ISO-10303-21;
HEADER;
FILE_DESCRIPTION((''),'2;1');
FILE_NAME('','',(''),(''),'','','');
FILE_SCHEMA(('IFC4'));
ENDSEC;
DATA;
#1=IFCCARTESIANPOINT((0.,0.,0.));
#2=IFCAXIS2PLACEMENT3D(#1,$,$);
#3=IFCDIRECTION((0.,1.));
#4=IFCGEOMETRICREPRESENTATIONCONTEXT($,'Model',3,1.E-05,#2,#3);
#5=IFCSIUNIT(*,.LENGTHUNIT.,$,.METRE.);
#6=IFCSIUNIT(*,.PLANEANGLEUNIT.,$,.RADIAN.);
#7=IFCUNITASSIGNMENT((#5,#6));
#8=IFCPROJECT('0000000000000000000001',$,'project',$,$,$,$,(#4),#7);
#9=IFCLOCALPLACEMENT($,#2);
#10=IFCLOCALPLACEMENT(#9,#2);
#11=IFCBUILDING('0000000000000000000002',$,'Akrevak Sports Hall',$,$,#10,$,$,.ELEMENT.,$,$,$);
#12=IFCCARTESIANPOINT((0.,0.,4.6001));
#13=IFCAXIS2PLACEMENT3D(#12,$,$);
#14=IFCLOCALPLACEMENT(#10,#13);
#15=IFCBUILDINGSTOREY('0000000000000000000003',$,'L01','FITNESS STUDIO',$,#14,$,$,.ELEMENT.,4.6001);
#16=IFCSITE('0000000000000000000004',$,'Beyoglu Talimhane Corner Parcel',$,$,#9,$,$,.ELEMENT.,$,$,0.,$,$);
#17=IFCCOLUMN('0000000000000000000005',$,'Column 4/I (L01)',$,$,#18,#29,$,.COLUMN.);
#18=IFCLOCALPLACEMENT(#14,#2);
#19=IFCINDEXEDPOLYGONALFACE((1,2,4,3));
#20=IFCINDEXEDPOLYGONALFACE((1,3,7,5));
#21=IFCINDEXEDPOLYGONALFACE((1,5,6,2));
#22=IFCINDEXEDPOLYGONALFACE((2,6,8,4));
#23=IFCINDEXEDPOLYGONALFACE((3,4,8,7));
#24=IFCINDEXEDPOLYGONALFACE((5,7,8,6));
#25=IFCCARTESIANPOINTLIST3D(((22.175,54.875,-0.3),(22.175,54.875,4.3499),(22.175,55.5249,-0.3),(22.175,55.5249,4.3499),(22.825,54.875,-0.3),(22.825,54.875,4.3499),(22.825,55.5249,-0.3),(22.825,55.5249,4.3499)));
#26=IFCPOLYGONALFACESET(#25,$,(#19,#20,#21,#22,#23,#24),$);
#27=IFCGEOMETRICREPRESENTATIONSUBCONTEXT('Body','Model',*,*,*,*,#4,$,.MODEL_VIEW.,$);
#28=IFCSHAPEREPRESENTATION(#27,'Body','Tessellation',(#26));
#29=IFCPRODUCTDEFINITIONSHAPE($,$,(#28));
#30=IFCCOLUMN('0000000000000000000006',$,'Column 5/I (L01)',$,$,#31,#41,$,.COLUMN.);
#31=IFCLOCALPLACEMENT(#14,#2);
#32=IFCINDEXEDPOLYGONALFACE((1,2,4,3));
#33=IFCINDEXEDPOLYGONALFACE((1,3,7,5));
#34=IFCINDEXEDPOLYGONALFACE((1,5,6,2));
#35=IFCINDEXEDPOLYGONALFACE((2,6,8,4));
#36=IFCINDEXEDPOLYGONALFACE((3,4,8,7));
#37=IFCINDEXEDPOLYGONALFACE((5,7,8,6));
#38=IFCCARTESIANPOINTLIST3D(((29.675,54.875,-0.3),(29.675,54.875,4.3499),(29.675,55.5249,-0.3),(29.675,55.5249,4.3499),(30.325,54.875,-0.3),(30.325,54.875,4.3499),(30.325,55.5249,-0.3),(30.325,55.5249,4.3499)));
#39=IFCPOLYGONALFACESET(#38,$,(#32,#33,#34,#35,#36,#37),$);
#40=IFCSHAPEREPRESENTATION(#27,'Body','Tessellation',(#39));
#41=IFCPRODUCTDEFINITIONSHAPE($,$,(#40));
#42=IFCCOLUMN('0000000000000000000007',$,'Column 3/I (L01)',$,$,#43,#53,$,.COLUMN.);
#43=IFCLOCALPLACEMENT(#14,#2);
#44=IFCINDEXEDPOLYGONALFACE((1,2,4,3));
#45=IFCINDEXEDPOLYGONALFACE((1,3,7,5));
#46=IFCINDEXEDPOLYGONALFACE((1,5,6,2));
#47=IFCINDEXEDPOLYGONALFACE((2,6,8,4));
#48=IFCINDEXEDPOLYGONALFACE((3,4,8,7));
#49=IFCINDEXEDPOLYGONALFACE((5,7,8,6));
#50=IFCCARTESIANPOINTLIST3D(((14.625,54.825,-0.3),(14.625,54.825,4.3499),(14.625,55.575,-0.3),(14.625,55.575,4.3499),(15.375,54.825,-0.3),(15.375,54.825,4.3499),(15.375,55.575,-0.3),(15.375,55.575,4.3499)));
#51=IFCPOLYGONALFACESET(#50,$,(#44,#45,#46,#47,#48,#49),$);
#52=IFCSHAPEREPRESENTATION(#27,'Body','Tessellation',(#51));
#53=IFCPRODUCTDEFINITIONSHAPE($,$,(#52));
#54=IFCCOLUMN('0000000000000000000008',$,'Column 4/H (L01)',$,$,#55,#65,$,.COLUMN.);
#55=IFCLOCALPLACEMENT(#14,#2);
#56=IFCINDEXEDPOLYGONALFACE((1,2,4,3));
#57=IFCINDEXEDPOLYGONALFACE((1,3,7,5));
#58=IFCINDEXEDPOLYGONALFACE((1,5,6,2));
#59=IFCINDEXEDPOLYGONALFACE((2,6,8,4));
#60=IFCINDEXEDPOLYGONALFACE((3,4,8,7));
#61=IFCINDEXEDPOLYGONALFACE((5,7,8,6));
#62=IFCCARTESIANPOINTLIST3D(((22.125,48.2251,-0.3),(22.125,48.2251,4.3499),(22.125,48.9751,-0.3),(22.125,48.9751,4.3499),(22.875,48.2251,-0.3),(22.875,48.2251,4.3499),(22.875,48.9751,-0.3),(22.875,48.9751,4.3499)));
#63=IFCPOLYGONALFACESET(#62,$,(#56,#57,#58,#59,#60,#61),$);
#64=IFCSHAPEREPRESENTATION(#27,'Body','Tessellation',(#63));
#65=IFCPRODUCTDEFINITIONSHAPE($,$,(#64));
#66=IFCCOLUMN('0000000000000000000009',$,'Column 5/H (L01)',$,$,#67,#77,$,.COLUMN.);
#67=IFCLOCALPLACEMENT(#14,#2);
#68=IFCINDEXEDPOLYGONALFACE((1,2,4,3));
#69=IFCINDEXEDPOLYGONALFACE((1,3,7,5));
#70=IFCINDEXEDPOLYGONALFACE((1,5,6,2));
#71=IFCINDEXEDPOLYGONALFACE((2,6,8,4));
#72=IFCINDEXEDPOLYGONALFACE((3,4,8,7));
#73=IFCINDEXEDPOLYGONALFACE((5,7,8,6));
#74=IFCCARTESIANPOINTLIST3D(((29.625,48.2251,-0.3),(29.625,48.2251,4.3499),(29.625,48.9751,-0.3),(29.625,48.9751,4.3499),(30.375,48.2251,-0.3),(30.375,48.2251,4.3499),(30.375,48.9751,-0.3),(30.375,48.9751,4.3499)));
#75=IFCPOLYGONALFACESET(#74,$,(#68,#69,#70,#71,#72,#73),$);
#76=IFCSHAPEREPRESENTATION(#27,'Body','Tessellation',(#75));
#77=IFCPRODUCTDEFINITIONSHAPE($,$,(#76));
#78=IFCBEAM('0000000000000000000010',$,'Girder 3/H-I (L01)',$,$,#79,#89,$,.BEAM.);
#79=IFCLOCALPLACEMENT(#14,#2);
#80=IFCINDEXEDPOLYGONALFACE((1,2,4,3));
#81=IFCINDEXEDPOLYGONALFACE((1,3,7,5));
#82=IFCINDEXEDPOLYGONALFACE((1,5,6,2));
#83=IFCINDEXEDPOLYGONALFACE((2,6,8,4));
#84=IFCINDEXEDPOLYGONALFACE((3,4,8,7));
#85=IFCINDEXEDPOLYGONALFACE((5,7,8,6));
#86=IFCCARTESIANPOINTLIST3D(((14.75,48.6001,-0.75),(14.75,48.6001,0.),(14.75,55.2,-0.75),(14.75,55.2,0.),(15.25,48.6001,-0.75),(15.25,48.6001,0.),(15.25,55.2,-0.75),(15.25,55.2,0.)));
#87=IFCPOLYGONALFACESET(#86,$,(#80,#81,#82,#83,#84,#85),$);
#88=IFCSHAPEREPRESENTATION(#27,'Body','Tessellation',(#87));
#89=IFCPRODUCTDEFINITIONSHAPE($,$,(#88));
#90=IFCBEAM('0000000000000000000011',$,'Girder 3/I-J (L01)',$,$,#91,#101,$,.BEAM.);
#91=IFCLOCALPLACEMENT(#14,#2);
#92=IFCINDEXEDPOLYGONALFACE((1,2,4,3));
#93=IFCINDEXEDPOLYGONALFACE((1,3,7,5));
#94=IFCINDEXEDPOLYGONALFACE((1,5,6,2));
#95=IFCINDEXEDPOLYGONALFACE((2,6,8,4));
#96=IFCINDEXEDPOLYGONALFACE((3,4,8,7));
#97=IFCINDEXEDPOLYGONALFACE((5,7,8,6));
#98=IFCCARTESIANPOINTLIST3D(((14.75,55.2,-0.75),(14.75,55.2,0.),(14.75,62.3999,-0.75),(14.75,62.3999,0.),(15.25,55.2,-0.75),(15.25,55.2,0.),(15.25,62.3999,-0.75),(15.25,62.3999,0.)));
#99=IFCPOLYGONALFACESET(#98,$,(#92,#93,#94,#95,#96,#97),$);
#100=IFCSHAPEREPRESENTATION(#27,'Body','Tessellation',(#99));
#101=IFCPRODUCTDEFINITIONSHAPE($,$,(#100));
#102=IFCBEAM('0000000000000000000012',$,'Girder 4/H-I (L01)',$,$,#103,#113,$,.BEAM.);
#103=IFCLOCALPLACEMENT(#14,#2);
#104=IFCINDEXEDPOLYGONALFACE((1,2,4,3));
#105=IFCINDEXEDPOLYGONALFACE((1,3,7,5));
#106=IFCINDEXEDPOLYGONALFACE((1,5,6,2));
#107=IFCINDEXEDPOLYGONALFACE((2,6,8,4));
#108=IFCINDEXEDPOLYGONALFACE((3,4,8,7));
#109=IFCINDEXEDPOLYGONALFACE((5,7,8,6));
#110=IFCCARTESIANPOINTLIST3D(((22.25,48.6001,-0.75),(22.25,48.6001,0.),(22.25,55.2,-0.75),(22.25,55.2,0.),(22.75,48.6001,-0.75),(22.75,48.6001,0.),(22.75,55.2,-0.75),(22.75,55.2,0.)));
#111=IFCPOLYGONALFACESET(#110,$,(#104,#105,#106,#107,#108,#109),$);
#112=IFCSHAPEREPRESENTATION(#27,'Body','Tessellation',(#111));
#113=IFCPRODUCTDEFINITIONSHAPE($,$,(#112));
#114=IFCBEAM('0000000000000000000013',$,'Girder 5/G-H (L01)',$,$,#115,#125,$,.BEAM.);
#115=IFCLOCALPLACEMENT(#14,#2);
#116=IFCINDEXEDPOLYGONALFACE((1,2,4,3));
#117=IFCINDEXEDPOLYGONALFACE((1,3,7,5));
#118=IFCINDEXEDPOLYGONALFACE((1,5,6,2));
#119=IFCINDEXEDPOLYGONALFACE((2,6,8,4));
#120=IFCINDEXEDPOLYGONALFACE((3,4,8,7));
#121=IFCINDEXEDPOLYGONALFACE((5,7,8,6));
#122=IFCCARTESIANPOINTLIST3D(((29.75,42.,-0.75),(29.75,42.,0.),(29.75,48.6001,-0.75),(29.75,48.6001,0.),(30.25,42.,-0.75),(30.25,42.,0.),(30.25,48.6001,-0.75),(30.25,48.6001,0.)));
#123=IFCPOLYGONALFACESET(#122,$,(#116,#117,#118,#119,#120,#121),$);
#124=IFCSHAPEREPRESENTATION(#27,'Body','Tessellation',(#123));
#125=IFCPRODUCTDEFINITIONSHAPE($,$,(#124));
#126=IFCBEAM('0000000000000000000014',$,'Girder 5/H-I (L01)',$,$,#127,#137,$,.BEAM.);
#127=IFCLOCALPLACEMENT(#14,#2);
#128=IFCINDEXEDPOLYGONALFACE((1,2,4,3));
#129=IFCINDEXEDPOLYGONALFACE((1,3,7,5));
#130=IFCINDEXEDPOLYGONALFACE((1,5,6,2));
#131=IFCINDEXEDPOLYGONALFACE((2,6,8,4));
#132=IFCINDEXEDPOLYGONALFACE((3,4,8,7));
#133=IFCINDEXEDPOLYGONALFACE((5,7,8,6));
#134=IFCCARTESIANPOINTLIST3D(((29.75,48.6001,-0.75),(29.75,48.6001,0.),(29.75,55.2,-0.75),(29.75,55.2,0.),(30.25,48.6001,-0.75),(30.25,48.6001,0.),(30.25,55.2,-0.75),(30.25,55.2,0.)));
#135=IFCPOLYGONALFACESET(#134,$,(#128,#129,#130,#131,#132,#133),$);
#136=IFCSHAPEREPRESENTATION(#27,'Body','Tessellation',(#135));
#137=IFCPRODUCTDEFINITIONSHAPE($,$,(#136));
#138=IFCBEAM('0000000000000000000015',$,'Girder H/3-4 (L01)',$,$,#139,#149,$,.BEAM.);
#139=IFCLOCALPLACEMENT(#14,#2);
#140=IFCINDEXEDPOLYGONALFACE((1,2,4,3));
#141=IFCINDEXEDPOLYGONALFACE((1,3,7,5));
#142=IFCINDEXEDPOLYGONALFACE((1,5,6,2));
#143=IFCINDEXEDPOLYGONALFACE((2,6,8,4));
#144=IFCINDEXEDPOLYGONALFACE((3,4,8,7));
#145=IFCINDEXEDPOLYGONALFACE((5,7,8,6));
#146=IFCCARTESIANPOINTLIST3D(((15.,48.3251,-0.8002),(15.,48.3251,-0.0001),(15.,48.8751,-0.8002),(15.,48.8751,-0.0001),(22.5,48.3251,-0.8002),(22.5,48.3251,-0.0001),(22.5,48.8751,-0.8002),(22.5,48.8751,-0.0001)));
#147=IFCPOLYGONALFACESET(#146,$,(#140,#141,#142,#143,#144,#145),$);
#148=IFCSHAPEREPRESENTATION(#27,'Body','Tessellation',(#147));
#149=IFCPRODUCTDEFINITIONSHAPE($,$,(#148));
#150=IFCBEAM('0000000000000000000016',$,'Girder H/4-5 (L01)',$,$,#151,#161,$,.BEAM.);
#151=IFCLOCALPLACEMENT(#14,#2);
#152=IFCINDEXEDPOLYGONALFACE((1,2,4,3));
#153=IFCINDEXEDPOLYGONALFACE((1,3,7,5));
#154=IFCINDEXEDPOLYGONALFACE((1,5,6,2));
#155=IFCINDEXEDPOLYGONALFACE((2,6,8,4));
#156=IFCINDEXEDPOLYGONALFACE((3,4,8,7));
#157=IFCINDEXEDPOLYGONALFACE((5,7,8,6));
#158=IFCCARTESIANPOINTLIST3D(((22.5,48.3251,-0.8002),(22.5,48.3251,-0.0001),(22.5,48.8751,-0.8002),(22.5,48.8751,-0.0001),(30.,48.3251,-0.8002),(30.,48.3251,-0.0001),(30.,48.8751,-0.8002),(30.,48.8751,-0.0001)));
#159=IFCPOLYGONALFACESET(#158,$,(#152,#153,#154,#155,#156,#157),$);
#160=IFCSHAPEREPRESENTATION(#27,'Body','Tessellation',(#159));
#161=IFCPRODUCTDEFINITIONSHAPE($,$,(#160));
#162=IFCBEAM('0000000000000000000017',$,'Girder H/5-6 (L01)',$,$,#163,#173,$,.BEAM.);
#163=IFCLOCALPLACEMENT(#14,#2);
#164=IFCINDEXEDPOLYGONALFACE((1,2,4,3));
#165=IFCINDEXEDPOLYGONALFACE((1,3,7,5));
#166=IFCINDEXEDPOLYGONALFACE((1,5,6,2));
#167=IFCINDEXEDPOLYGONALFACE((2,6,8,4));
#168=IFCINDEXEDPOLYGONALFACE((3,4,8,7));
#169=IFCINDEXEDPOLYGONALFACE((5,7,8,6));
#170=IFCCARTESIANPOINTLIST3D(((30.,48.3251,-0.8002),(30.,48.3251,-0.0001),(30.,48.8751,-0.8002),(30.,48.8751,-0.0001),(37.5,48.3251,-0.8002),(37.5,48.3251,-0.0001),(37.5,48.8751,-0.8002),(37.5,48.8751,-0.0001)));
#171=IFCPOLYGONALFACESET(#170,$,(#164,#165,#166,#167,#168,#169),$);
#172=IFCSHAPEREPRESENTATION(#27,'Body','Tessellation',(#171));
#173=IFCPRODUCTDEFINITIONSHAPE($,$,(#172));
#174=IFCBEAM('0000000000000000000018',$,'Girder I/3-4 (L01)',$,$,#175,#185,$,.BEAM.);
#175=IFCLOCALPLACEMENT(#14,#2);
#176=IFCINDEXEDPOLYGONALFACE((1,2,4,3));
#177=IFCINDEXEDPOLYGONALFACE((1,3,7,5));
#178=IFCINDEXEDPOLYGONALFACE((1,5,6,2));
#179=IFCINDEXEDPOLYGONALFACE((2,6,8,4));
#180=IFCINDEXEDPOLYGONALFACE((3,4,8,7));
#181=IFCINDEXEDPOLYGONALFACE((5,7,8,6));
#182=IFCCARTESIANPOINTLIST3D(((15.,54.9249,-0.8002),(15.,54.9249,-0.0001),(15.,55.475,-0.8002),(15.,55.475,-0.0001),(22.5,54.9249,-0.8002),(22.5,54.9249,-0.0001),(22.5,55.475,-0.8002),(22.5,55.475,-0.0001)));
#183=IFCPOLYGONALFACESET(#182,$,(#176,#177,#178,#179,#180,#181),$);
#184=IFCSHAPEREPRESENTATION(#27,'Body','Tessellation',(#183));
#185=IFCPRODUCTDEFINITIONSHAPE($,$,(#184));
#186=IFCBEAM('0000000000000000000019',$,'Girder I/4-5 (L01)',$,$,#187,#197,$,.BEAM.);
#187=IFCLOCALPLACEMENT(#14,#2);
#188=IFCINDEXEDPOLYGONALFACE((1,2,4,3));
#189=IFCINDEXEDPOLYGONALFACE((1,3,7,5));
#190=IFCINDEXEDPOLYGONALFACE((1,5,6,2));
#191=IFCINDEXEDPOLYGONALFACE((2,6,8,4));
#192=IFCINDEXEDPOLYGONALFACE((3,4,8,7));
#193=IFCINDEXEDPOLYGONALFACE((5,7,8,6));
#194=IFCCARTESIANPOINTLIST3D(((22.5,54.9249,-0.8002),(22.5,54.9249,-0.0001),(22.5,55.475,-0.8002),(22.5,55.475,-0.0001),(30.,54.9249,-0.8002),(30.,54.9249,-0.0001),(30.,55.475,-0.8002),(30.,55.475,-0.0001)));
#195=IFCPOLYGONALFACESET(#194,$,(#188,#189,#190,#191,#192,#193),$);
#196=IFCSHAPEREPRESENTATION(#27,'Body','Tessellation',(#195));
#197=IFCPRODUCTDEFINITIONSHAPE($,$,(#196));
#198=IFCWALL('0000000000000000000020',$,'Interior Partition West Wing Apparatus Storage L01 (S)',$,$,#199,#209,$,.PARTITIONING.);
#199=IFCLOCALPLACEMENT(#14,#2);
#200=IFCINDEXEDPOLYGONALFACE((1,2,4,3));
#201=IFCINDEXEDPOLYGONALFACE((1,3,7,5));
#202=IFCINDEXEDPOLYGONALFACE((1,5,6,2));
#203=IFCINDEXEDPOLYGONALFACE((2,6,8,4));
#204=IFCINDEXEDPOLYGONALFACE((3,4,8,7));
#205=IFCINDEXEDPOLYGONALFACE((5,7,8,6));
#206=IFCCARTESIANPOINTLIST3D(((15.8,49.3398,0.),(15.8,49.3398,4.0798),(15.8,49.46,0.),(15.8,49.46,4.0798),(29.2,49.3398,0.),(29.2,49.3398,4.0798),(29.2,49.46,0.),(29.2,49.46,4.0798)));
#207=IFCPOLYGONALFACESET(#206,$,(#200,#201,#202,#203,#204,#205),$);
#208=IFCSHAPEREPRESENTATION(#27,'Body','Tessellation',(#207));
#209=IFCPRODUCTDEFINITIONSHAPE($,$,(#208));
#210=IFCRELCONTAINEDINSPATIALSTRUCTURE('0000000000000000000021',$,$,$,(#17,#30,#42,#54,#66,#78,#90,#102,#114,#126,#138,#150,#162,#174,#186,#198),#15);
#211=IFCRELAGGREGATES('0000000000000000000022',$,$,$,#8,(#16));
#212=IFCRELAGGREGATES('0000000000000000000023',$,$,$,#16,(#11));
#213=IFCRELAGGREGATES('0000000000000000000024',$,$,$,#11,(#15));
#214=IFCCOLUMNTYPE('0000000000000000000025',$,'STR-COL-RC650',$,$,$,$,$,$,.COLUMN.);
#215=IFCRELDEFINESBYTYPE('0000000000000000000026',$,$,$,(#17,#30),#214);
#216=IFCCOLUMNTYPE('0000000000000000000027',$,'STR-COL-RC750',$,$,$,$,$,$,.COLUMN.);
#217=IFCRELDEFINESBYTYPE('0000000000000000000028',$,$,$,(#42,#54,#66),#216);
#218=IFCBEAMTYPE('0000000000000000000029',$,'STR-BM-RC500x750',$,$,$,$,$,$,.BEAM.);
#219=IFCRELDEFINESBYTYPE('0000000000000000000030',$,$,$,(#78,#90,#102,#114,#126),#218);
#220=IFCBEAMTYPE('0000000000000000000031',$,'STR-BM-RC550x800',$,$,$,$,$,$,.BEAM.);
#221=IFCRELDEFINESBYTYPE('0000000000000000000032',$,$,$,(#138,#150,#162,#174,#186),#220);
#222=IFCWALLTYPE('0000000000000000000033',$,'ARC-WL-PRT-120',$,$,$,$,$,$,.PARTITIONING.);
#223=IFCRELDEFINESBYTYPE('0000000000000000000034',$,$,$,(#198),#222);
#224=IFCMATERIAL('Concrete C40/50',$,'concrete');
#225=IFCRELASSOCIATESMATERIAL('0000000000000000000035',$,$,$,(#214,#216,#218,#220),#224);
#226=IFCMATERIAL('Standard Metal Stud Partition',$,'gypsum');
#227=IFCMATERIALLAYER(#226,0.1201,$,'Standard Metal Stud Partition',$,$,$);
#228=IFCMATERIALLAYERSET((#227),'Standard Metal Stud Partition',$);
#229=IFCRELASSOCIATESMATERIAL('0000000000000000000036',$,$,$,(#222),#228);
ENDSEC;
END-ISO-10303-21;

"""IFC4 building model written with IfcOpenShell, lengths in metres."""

from ifc_helpers import new_model, si_unit, direction, frame, frame_2d, origin, origin_2d, place, context, subcontext, project, spatial, rectangle, extrude, material, layer, layer_set, material_profile, profile_set, type_object, element, save


model = new_model("IFC4")

# Units and contexts
model_context = context("Model", 3, precision=1e-05, world=origin(), true_north=direction((0.0, 1.0)))
body_context = subcontext(model_context, "Body", "Model", "MODEL_VIEW")
ifc_project = project(units=[si_unit("LENGTHUNIT", "METRE"), si_unit("PLANEANGLEUNIT", "RADIAN")], contexts=[model_context])

# Site, building, storey
site_placement = place(None, origin())
site = spatial("IfcSite", under=ifc_project, at=site_placement, Name="Beyoglu Talimhane Corner Parcel", CompositionType="ELEMENT", RefElevation=0.0)
building_placement = place(site_placement, origin())
building = spatial("IfcBuilding", under=site, at=building_placement, Name="Akrevak Sports Hall", CompositionType="ELEMENT")
storey_placement = place(building_placement, frame((0.0, 0.0, 4.6001)))
storey = spatial("IfcBuildingStorey", under=building, at=storey_placement, Name="L01", Description="FITNESS STUDIO", CompositionType="ELEMENT", Elevation=4.6001)

# Columns
ifc_material_1 = material(Name="Concrete C40/50", Category="concrete")
ifc_material_profile_1 = material_profile(ifc_material_1, rectangle(XDim=0.6499, YDim=0.6499, at=origin_2d()), Name="RC 650x650", Category="concrete")
ifc_profile_set_1 = profile_set([ifc_material_profile_1], Name="Concrete C40/50")
column_type_1 = type_object("IfcColumnType", Name="STR-COL-RC650", PredefinedType="COLUMN", material=ifc_profile_set_1)
for number, where, z_axis, x_axis, name in (
    (1, (22.5, 55.2, -0.3), (0.0, 0.0, 1.0), (1.0, 0.0, 0.0), "Column 4/I (L01)"),
    (2, (30.0, 55.2, -0.3), (0.0, 0.0, 1.0), (1.0, 0.0, 0.0), "Column 5/I (L01)"),
):
    element("IfcColumn", number, at=place(storey_placement, frame(where, z_axis=z_axis, x_axis=x_axis)), inside=storey, type_object=column_type_1, Name=name, PredefinedType="COLUMN", context=body_context, shape_type="SweptSolid", body=[
        extrude(rectangle(XDim=0.6499, YDim=0.6499, at=origin_2d()), origin(), (0.0, 0.0, 1.0), 4.6499),
    ])
ifc_material_profile_2 = material_profile(ifc_material_1, rectangle(XDim=0.75, YDim=0.75, at=origin_2d()), Name="RC 750x750", Category="concrete")
ifc_profile_set_2 = profile_set([ifc_material_profile_2], Name="Concrete C40/50")
column_type_2 = type_object("IfcColumnType", Name="STR-COL-RC750", PredefinedType="COLUMN", material=ifc_profile_set_2)
for number, where, z_axis, x_axis, name in (
    (3, (15.0, 55.2, -0.3), (0.0, 0.0, 1.0), (1.0, 0.0, 0.0), "Column 3/I (L01)"),
    (4, (22.5, 48.6001, -0.3), (0.0, 0.0, 1.0), (1.0, 0.0, 0.0), "Column 4/H (L01)"),
    (5, (30.0, 48.6001, -0.3), (0.0, 0.0, 1.0), (1.0, 0.0, 0.0), "Column 5/H (L01)"),
):
    element("IfcColumn", number, at=place(storey_placement, frame(where, z_axis=z_axis, x_axis=x_axis)), inside=storey, type_object=column_type_2, Name=name, PredefinedType="COLUMN", context=body_context, shape_type="SweptSolid", body=[
        extrude(rectangle(XDim=0.75, YDim=0.75, at=origin_2d()), origin(), (0.0, 0.0, 1.0), 4.6499),
    ])

# Beams
ifc_material_profile_3 = material_profile(ifc_material_1, rectangle(XDim=0.5, YDim=0.75, at=origin_2d()), Name="BM 500x750", Category="concrete")
ifc_profile_set_3 = profile_set([ifc_material_profile_3], Name="Concrete C40/50")
beam_type_1 = type_object("IfcBeamType", Name="STR-BM-RC500x750", PredefinedType="BEAM", material=ifc_profile_set_3)
beam_1_placement = place(storey_placement, frame((15.0, 48.6001, -0.375), z_axis=(0.0, 1.0, 0.0), x_axis=(-1.0, 0.0, 0.0)))
element("IfcBeam", 6, at=beam_1_placement, inside=storey, type_object=beam_type_1, Name="Girder 3/H-I (L01)", PredefinedType="BEAM", context=body_context, shape_type="SweptSolid", body=[
    extrude(rectangle(XDim=0.5, YDim=0.75, at=origin_2d()), origin(), (0.0, 0.0, 1.0), 6.5999),
])
beam_2_placement = place(storey_placement, frame((15.0, 55.2, -0.375), z_axis=(0.0, 1.0, 0.0), x_axis=(-1.0, 0.0, 0.0)))
element("IfcBeam", 7, at=beam_2_placement, inside=storey, type_object=beam_type_1, Name="Girder 3/I-J (L01)", PredefinedType="BEAM", context=body_context, shape_type="SweptSolid", body=[
    extrude(rectangle(XDim=0.5, YDim=0.75, at=origin_2d()), origin(), (0.0, 0.0, 1.0), 7.2),
])
beam_3_placement = place(storey_placement, frame((22.5, 48.6001, -0.375), z_axis=(0.0, 1.0, 0.0), x_axis=(-1.0, 0.0, 0.0)))
element("IfcBeam", 8, at=beam_3_placement, inside=storey, type_object=beam_type_1, Name="Girder 4/H-I (L01)", PredefinedType="BEAM", context=body_context, shape_type="SweptSolid", body=[
    extrude(rectangle(XDim=0.5, YDim=0.75, at=origin_2d()), origin(), (0.0, 0.0, 1.0), 6.5999),
])
beam_4_placement = place(storey_placement, frame((30.0, 42.0, -0.375), z_axis=(0.0, 1.0, 0.0), x_axis=(-1.0, 0.0, 0.0)))
element("IfcBeam", 9, at=beam_4_placement, inside=storey, type_object=beam_type_1, Name="Girder 5/G-H (L01)", PredefinedType="BEAM", context=body_context, shape_type="SweptSolid", body=[
    extrude(rectangle(XDim=0.5, YDim=0.75, at=origin_2d()), origin(), (0.0, 0.0, 1.0), 6.6001),
])
beam_5_placement = place(storey_placement, frame((30.0, 48.6001, -0.375), z_axis=(0.0, 1.0, 0.0), x_axis=(-1.0, 0.0, 0.0)))
element("IfcBeam", 10, at=beam_5_placement, inside=storey, type_object=beam_type_1, Name="Girder 5/H-I (L01)", PredefinedType="BEAM", context=body_context, shape_type="SweptSolid", body=[
    extrude(rectangle(XDim=0.5, YDim=0.75, at=origin_2d()), origin(), (0.0, 0.0, 1.0), 6.5999),
])
ifc_material_profile_4 = material_profile(ifc_material_1, rectangle(XDim=0.55, YDim=0.8, at=origin_2d()), Name="BM 550x800", Category="concrete")
ifc_profile_set_4 = profile_set([ifc_material_profile_4], Name="Concrete C40/50")
beam_type_2 = type_object("IfcBeamType", Name="STR-BM-RC550x800", PredefinedType="BEAM", material=ifc_profile_set_4)
for number, where, z_axis, x_axis, name in (
    (11, (15.0, 48.6001, -0.4001), (1.0, 0.0, 0.0), (0.0, 1.0, 0.0), "Girder H/3-4 (L01)"),
    (12, (22.5, 48.6001, -0.4001), (1.0, 0.0, 0.0), (0.0, 1.0, 0.0), "Girder H/4-5 (L01)"),
    (13, (30.0, 48.6001, -0.4001), (1.0, 0.0, 0.0), (0.0, 1.0, 0.0), "Girder H/5-6 (L01)"),
    (14, (15.0, 55.2, -0.4001), (1.0, 0.0, 0.0), (0.0, 1.0, 0.0), "Girder I/3-4 (L01)"),
    (15, (22.5, 55.2, -0.4001), (1.0, 0.0, 0.0), (0.0, 1.0, 0.0), "Girder I/4-5 (L01)"),
):
    element("IfcBeam", number, at=place(storey_placement, frame(where, z_axis=z_axis, x_axis=x_axis)), inside=storey, type_object=beam_type_2, Name=name, PredefinedType="BEAM", context=body_context, shape_type="SweptSolid", body=[
        extrude(rectangle(XDim=0.55, YDim=0.8, at=origin_2d()), origin(), (0.0, 0.0, 1.0), 7.5),
    ])

# Wall
ifc_material_2 = material(Name="Standard Metal Stud Partition", Category="gypsum")
ifc_layer_1 = layer(ifc_material_2, 0.1201, Name="Standard Metal Stud Partition")
ifc_layer_set_1 = layer_set([ifc_layer_1], Name="Standard Metal Stud Partition")
wall_type_1 = type_object("IfcWallType", Name="ARC-WL-PRT-120", PredefinedType="PARTITIONING", material=ifc_layer_set_1)
wall_1_placement = place(storey_placement, frame((15.8, 49.3999, 0.0), z_axis=(0.0, 0.0, 1.0), x_axis=(1.0, 0.0, 0.0)))
element("IfcWall", 16, at=wall_1_placement, inside=storey, type_object=wall_type_1, Name="Interior Partition West Wing Apparatus Storage L01 (S)", PredefinedType="PARTITIONING", context=body_context, shape_type="SweptSolid", body=[
    extrude(rectangle(XDim=13.3999, YDim=0.1201, at=frame_2d((6.7, 0.0))), origin(), (0.0, 0.0, 1.0), 4.0798),
])

save(model, "model.ifc")
